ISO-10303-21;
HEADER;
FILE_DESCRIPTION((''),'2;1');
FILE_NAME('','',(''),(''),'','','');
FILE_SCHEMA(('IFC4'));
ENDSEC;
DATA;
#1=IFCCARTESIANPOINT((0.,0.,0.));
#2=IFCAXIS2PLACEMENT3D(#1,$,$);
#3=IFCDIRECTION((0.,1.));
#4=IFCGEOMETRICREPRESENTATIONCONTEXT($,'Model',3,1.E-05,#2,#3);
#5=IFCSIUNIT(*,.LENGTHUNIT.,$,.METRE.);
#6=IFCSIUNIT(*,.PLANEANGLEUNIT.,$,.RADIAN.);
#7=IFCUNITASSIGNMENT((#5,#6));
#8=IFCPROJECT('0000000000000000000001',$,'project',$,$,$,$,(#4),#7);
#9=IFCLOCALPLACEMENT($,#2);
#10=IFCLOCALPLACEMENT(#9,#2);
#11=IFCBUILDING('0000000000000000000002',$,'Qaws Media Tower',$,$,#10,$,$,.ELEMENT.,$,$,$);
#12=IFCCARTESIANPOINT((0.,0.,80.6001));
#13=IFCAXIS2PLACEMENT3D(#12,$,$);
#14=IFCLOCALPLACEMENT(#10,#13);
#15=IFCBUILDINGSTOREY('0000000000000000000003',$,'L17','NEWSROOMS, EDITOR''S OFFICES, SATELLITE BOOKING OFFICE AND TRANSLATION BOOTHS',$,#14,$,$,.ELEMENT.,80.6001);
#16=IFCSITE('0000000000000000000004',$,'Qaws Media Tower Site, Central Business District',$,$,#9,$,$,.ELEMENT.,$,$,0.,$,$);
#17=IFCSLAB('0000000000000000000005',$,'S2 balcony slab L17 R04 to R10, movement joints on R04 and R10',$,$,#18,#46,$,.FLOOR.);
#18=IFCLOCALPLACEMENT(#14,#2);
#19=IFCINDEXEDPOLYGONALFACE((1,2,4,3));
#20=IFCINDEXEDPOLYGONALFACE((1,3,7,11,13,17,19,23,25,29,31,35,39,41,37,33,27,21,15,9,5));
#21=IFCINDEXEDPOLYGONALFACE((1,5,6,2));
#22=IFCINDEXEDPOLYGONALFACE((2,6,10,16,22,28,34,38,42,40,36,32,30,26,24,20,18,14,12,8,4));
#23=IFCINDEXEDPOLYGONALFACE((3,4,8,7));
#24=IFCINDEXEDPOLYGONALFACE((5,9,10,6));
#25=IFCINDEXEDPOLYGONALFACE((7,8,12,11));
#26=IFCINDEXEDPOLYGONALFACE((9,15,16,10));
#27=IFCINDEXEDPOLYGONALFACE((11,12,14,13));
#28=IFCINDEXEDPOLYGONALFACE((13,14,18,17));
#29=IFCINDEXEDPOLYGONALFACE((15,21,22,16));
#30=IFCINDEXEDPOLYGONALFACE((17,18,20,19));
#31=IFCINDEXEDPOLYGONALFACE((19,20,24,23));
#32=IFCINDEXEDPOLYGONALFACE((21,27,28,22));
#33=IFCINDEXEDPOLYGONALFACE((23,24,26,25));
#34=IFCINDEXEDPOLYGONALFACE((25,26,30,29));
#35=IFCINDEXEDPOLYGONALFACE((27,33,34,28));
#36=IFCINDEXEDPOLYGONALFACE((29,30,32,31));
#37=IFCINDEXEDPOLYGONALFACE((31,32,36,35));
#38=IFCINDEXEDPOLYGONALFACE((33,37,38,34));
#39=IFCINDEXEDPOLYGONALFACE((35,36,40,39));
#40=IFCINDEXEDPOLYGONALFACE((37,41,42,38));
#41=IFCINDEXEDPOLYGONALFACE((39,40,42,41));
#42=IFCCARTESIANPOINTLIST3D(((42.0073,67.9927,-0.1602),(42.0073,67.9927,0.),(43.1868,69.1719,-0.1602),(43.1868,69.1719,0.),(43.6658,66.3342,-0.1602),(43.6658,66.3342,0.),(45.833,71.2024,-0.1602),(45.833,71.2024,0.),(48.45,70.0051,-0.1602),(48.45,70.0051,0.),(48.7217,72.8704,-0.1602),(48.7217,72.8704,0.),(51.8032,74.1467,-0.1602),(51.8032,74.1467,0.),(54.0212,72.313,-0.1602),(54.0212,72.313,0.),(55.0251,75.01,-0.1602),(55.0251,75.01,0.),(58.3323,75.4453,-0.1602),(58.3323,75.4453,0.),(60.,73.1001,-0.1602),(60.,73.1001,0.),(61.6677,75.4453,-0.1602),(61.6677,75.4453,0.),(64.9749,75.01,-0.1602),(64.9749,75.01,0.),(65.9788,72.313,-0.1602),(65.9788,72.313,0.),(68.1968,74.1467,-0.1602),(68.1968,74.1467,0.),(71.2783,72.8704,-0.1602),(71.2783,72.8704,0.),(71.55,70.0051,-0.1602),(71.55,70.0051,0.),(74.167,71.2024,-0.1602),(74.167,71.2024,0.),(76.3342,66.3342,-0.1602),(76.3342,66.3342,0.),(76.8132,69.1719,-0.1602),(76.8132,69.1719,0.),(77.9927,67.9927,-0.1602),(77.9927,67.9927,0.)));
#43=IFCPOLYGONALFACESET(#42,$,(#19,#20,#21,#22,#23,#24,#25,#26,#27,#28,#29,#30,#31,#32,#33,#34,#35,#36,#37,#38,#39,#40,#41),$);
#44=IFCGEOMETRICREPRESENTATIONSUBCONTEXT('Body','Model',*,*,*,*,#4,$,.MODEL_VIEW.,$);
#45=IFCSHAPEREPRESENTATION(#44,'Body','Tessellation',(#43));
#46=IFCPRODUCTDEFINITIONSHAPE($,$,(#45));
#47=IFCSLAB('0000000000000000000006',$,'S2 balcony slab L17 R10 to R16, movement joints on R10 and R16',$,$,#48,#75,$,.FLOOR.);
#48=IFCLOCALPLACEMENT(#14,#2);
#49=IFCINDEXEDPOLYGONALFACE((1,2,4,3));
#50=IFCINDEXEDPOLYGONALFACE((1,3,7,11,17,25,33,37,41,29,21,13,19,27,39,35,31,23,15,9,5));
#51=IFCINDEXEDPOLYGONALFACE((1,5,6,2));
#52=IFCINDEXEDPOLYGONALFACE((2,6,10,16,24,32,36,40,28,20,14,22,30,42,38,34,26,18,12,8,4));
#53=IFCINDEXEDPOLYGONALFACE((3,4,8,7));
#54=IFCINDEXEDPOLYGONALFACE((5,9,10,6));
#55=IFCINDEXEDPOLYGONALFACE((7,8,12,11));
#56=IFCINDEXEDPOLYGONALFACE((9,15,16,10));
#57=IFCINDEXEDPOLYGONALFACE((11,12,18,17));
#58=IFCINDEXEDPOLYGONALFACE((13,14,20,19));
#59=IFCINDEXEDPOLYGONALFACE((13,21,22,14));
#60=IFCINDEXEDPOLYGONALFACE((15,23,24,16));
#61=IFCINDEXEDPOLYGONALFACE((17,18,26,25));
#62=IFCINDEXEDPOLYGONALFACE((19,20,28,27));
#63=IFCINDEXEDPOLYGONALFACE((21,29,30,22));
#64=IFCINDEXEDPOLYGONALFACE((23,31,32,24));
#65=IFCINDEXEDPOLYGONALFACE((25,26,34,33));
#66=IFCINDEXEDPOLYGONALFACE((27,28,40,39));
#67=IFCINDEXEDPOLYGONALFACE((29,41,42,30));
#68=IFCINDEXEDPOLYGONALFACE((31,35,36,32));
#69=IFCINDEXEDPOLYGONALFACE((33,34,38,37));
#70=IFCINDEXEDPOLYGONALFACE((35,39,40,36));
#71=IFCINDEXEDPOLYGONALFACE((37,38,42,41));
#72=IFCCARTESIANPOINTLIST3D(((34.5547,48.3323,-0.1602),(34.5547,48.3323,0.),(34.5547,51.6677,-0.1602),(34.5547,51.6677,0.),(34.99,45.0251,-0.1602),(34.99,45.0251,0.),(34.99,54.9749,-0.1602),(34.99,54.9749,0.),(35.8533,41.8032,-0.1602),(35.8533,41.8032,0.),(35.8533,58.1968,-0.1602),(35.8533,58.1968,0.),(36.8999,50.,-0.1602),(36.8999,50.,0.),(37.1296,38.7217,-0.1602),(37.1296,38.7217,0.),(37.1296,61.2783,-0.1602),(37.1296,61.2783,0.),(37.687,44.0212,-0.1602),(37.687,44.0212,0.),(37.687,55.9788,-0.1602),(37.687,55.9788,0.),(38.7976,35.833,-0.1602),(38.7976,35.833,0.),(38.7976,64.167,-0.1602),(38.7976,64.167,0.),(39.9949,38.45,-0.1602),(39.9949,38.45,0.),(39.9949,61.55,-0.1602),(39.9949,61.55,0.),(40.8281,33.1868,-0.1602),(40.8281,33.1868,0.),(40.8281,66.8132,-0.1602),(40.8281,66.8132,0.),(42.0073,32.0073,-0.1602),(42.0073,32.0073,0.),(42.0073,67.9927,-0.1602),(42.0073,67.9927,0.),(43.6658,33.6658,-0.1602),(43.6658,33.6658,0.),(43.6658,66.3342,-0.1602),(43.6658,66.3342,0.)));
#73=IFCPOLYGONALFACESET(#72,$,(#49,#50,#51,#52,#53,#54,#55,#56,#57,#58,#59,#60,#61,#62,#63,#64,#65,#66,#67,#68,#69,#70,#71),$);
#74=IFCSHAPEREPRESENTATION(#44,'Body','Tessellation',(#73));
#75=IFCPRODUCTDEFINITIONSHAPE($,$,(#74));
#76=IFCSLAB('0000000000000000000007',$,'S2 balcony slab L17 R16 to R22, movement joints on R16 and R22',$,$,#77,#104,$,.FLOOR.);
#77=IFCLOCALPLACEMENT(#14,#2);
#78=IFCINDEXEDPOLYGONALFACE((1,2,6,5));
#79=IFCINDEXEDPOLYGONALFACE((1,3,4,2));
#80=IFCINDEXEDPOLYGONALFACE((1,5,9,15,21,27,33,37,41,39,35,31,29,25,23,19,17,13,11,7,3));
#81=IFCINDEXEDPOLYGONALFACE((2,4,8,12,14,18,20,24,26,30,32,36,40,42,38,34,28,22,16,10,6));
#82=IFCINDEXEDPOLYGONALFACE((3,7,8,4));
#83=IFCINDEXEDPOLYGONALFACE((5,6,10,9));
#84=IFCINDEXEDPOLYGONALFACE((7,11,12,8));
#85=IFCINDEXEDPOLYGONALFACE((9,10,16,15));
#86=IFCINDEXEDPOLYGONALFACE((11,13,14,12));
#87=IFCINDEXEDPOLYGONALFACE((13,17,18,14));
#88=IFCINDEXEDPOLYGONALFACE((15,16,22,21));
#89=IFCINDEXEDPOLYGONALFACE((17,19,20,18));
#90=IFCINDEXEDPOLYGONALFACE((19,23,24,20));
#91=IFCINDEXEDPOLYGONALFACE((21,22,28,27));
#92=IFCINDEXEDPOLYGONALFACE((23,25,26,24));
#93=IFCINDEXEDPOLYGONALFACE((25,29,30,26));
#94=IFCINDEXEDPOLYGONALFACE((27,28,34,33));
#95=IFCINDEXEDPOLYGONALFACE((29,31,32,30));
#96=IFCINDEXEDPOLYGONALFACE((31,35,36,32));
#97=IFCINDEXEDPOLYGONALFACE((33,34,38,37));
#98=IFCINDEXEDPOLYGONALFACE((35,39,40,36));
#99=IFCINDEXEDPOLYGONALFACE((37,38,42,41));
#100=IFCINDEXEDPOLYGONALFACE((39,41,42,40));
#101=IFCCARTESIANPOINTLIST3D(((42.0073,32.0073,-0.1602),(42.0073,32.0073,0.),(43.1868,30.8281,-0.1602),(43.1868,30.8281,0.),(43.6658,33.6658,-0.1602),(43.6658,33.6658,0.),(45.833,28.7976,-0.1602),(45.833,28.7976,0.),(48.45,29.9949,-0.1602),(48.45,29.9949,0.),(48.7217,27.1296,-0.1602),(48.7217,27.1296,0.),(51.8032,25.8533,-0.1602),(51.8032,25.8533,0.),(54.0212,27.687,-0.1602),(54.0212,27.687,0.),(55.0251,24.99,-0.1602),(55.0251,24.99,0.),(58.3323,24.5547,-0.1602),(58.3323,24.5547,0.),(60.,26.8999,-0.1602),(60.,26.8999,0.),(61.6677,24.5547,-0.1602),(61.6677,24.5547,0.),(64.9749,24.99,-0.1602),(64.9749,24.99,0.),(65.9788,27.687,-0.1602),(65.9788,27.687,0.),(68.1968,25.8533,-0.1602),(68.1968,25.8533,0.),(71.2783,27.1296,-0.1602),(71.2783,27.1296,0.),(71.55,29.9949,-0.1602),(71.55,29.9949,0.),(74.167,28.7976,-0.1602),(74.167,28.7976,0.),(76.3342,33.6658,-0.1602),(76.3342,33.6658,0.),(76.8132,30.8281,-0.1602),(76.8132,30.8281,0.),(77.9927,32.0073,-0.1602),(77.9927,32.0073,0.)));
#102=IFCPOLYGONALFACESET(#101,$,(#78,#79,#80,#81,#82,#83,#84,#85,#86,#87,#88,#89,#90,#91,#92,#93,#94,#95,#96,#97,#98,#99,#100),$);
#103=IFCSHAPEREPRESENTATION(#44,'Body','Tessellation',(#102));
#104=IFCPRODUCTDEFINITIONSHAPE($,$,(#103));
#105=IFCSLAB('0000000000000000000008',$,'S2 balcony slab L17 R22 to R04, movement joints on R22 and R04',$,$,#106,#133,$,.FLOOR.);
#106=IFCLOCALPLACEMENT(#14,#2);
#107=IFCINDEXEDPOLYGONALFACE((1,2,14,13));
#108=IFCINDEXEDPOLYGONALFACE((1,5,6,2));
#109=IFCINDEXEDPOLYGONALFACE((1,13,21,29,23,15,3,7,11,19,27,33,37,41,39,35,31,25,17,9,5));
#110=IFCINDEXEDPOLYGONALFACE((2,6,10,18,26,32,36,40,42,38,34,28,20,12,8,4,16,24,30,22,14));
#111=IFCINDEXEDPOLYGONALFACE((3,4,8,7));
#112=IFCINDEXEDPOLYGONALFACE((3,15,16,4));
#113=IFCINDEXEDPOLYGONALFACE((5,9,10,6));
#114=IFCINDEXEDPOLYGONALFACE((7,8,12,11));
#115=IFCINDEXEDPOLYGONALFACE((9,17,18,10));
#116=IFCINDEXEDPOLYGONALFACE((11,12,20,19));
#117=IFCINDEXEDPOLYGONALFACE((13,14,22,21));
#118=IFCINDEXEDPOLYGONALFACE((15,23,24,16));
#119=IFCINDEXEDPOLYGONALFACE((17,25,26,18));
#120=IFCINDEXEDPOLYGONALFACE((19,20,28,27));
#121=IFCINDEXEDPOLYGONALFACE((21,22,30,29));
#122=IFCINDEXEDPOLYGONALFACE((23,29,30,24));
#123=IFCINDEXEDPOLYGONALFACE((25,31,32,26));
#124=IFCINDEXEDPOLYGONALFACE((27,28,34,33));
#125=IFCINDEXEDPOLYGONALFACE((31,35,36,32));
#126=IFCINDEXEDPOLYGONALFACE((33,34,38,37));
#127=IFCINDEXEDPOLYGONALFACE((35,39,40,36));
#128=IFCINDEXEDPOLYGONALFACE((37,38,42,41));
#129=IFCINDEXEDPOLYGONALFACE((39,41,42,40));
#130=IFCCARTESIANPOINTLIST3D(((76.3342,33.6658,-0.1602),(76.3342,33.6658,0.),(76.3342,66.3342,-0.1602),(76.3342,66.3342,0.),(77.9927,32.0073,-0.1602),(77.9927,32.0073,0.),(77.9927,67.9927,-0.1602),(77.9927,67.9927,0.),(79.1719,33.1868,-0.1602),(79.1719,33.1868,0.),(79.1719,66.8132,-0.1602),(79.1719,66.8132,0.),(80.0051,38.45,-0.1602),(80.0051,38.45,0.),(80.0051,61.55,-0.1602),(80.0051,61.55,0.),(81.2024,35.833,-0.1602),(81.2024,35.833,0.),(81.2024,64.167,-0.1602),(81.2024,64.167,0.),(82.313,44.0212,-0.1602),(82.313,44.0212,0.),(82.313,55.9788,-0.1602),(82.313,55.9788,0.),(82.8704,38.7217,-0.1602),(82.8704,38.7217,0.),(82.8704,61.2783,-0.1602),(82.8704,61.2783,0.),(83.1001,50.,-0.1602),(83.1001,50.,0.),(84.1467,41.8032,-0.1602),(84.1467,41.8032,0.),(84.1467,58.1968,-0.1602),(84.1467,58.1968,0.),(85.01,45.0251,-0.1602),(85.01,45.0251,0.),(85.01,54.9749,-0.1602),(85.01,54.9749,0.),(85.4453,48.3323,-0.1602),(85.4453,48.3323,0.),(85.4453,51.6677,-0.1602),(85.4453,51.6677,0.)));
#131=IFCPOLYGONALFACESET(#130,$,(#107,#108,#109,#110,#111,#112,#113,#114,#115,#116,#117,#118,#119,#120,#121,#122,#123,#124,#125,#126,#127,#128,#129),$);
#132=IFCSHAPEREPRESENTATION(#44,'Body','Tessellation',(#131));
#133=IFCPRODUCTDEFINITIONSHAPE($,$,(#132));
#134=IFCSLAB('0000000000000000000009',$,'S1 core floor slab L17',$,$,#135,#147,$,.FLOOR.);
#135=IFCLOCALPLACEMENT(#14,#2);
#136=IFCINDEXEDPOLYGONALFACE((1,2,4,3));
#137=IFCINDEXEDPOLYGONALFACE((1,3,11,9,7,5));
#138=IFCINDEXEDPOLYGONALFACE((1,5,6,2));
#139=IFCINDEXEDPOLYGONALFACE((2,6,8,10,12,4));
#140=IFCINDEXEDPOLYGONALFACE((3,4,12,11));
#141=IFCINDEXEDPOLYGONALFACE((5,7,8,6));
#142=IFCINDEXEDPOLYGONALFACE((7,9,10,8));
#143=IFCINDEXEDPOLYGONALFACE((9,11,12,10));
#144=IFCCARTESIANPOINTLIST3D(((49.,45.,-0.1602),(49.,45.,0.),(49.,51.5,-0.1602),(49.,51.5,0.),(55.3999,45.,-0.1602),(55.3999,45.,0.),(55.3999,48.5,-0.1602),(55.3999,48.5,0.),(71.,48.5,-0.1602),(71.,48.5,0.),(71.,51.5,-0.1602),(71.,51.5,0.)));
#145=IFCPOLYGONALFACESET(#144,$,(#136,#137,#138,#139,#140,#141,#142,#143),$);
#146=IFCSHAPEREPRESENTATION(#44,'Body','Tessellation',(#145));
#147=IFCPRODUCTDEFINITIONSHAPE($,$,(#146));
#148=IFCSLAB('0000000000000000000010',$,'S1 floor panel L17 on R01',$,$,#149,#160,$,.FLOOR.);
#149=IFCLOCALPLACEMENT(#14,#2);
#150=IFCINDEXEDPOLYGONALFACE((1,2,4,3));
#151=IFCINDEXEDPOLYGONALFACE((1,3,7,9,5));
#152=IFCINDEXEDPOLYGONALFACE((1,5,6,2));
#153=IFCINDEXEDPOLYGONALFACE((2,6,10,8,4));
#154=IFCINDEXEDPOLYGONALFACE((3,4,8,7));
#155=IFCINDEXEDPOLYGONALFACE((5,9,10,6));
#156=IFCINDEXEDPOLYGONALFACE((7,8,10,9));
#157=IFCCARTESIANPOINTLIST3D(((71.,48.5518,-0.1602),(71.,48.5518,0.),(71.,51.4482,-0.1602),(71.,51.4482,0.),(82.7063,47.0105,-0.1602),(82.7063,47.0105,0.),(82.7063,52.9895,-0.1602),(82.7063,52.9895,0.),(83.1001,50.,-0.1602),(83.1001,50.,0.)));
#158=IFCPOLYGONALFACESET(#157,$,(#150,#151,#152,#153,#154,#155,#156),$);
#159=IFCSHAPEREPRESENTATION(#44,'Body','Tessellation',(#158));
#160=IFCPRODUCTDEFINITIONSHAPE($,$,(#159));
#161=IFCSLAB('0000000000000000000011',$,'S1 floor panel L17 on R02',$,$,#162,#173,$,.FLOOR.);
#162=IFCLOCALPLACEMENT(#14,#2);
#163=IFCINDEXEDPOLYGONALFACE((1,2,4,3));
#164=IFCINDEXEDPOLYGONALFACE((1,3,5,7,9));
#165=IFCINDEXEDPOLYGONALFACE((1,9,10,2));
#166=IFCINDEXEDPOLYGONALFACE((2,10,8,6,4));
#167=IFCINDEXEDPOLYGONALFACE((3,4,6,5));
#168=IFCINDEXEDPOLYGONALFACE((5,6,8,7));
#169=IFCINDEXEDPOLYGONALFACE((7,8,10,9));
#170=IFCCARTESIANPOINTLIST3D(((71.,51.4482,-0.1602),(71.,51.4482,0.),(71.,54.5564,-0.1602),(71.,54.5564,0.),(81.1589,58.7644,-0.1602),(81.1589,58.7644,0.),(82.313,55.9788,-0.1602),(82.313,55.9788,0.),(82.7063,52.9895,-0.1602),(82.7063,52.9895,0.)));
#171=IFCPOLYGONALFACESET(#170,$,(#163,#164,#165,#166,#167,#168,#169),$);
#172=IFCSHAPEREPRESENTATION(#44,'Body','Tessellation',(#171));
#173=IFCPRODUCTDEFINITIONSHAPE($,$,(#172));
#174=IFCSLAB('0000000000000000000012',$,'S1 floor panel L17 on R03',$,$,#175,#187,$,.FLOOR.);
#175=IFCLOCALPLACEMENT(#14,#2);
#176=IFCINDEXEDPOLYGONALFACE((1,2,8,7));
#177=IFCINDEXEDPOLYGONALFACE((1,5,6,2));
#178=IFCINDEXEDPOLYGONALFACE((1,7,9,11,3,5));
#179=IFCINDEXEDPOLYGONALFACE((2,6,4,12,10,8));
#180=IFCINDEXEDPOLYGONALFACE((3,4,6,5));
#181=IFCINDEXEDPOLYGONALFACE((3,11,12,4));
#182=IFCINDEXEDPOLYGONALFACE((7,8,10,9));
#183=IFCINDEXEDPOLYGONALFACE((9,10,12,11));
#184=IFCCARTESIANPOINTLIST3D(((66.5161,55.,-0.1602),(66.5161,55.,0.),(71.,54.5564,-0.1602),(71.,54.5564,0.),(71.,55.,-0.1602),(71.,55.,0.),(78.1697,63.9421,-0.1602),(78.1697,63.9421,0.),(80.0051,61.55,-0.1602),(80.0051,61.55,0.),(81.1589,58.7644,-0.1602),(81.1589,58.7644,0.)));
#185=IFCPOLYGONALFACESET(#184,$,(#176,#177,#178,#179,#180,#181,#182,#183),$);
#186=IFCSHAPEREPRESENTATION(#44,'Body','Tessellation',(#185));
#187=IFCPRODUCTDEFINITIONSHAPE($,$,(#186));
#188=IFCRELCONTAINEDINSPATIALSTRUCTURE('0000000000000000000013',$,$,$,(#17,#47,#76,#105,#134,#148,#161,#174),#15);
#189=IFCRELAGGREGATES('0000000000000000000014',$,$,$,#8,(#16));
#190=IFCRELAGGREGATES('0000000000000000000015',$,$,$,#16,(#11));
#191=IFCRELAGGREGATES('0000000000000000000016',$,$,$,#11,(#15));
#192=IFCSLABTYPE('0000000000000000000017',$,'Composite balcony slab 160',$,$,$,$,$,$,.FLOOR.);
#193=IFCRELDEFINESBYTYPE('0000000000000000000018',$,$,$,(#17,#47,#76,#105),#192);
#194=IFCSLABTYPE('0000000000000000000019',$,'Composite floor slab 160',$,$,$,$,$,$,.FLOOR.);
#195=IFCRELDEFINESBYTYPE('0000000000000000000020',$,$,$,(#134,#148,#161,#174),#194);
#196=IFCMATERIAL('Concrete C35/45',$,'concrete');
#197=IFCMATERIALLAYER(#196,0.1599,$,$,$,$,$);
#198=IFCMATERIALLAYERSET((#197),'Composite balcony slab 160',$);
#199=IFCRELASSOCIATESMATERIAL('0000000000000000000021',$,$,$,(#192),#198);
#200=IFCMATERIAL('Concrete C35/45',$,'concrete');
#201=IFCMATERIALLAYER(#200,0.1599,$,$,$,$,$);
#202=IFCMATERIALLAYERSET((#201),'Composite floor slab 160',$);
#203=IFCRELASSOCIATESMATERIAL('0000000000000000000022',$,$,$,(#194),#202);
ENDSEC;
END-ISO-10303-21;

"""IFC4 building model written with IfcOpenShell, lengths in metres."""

from ifc_helpers import new_model, si_unit, direction, frame, origin, place, context, subcontext, project, spatial, polyline, outline, extrude, material, layer, layer_set, type_object, element, save


model = new_model("IFC4")

# Units and contexts
model_context = context("Model", 3, precision=1e-05, world=origin(), true_north=direction((0.0, 1.0)))
body_context = subcontext(model_context, "Body", "Model", "MODEL_VIEW")
ifc_project = project(units=[si_unit("LENGTHUNIT", "METRE"), si_unit("PLANEANGLEUNIT", "RADIAN")], contexts=[model_context])

# Site, building, storey
site_placement = place(None, origin())
site = spatial("IfcSite", under=ifc_project, at=site_placement, Name="Qaws Media Tower Site, Central Business District", CompositionType="ELEMENT", RefElevation=0.0)
building_placement = place(site_placement, origin())
building = spatial("IfcBuilding", under=site, at=building_placement, Name="Qaws Media Tower", CompositionType="ELEMENT")
storey_placement = place(building_placement, frame((0.0, 0.0, 80.6001)))
storey = spatial("IfcBuildingStorey", under=building, at=storey_placement, Name="L17", Description="NEWSROOMS, EDITOR'S OFFICES, SATELLITE BOOKING OFFICE AND TRANSLATION BOOTHS", CompositionType="ELEMENT", Elevation=80.6001)

# Slabs
ifc_material_1 = material(Name="Concrete C35/45", Category="concrete")
ifc_layer_1 = layer(ifc_material_1, 0.1599)
ifc_layer_set_1 = layer_set([ifc_layer_1], Name="Composite balcony slab 160")
slab_type_1 = type_object("IfcSlabType", Name="Composite balcony slab 160", PredefinedType="FLOOR", material=ifc_layer_set_1)
slab_1_placement = place(storey_placement, frame((0.0, 0.0, -0.1602)))
element("IfcSlab", 1, at=slab_1_placement, inside=storey, type_object=slab_type_1, Name="S2 balcony slab L17 R04 to R10, movement joints on R04 and R10", PredefinedType="FLOOR", context=body_context, shape_type="SweptSolid", body=[
    extrude(outline(polyline([(43.1868, 69.1719), (45.833, 71.2024), (48.7217, 72.8704), (51.8032, 74.1467), (55.0251, 75.01), (58.3323, 75.4453), (61.6677, 75.4453), (64.9749, 75.01), (68.1968, 74.1467), (71.2783, 72.8704), (74.167, 71.2024), (76.8132, 69.1719), (77.9927, 67.9927), (76.3342, 66.3342), (71.55, 70.0051), (65.9788, 72.313), (60.0, 73.1001), (54.0212, 72.313), (48.45, 70.0051), (43.6658, 66.3342), (42.0073, 67.9927), (43.1868, 69.1719)])), origin(), (0.0, 0.0, 1.0), 0.1602),
])
slab_2_placement = place(storey_placement, frame((0.0, 0.0, -0.1602)))
element("IfcSlab", 2, at=slab_2_placement, inside=storey, type_object=slab_type_1, Name="S2 balcony slab L17 R10 to R16, movement joints on R10 and R16", PredefinedType="FLOOR", context=body_context, shape_type="SweptSolid", body=[
    extrude(outline(polyline([(40.8281, 33.1868), (38.7976, 35.833), (37.1296, 38.7217), (35.8533, 41.8032), (34.99, 45.0251), (34.5547, 48.3323), (34.5547, 51.6677), (34.99, 54.9749), (35.8533, 58.1968), (37.1296, 61.2783), (38.7976, 64.167), (40.8281, 66.8132), (42.0073, 67.9927), (43.6658, 66.3342), (39.9949, 61.55), (37.687, 55.9788), (36.8999, 50.0), (37.687, 44.0212), (39.9949, 38.45), (43.6658, 33.6658), (42.0073, 32.0073), (40.8281, 33.1868)])), origin(), (0.0, 0.0, 1.0), 0.1602),
])
slab_3_placement = place(storey_placement, frame((0.0, 0.0, -0.1602)))
element("IfcSlab", 3, at=slab_3_placement, inside=storey, type_object=slab_type_1, Name="S2 balcony slab L17 R16 to R22, movement joints on R16 and R22", PredefinedType="FLOOR", context=body_context, shape_type="SweptSolid", body=[
    extrude(outline(polyline([(76.8132, 30.8281), (74.167, 28.7976), (71.2783, 27.1296), (68.1968, 25.8533), (64.9749, 24.99), (61.6677, 24.5547), (58.3323, 24.5547), (55.0251, 24.99), (51.8032, 25.8533), (48.7217, 27.1296), (45.833, 28.7976), (43.1868, 30.8281), (42.0073, 32.0073), (43.6658, 33.6658), (48.45, 29.9949), (54.0212, 27.687), (60.0, 26.8999), (65.9788, 27.687), (71.55, 29.9949), (76.3342, 33.6658), (77.9927, 32.0073), (76.8132, 30.8281)])), origin(), (0.0, 0.0, 1.0), 0.1602),
])
slab_4_placement = place(storey_placement, frame((0.0, 0.0, -0.1602)))
element("IfcSlab", 4, at=slab_4_placement, inside=storey, type_object=slab_type_1, Name="S2 balcony slab L17 R22 to R04, movement joints on R22 and R04", PredefinedType="FLOOR", context=body_context, shape_type="SweptSolid", body=[
    extrude(outline(polyline([(85.01, 45.0251), (84.1467, 41.8032), (82.8704, 38.7217), (81.2024, 35.833), (79.1719, 33.1868), (77.9927, 32.0073), (76.3342, 33.6658), (80.0051, 38.45), (82.313, 44.0212), (83.1001, 50.0), (82.313, 55.9788), (80.0051, 61.55), (76.3342, 66.3342), (77.9927, 67.9927), (79.1719, 66.8132), (81.2024, 64.167), (82.8704, 61.2783), (84.1467, 58.1968), (85.01, 54.9749), (85.4453, 51.6677), (85.4453, 48.3323), (85.01, 45.0251)])), origin(), (0.0, 0.0, 1.0), 0.1602),
])
ifc_material_2 = material(Name="Concrete C35/45", Category="concrete")
ifc_layer_2 = layer(ifc_material_2, 0.1599)
ifc_layer_set_2 = layer_set([ifc_layer_2], Name="Composite floor slab 160")
slab_type_2 = type_object("IfcSlabType", Name="Composite floor slab 160", PredefinedType="FLOOR", material=ifc_layer_set_2)
slab_5_placement = place(storey_placement, frame((0.0, 0.0, -0.1602)))
element("IfcSlab", 5, at=slab_5_placement, inside=storey, type_object=slab_type_2, Name="S1 core floor slab L17", PredefinedType="FLOOR", context=body_context, shape_type="SweptSolid", body=[
    extrude(outline(polyline([(71.0, 51.5), (71.0, 48.5), (55.3999, 48.5), (55.3999, 45.0), (49.0, 45.0), (49.0, 51.5), (71.0, 51.5)])), origin(), (0.0, 0.0, 1.0), 0.1602),
])
slab_6_placement = place(storey_placement, frame((0.0, 0.0, -0.1602)))
element("IfcSlab", 6, at=slab_6_placement, inside=storey, type_object=slab_type_2, Name="S1 floor panel L17 on R01", PredefinedType="FLOOR", context=body_context, shape_type="SweptSolid", body=[
    extrude(outline(polyline([(83.1001, 50.0), (82.7063, 47.0105), (71.0, 48.5518), (71.0, 51.4482), (82.7063, 52.9895), (83.1001, 50.0)])), origin(), (0.0, 0.0, 1.0), 0.1602),
])
slab_7_placement = place(storey_placement, frame((0.0, 0.0, -0.1602)))
element("IfcSlab", 7, at=slab_7_placement, inside=storey, type_object=slab_type_2, Name="S1 floor panel L17 on R02", PredefinedType="FLOOR", context=body_context, shape_type="SweptSolid", body=[
    extrude(outline(polyline([(82.313, 55.9788), (82.7063, 52.9895), (71.0, 51.4482), (71.0, 54.5564), (81.1589, 58.7644), (82.313, 55.9788)])), origin(), (0.0, 0.0, 1.0), 0.1602),
])
slab_8_placement = place(storey_placement, frame((0.0, 0.0, -0.1602)))
element("IfcSlab", 8, at=slab_8_placement, inside=storey, type_object=slab_type_2, Name="S1 floor panel L17 on R03", PredefinedType="FLOOR", context=body_context, shape_type="SweptSolid", body=[
    extrude(outline(polyline([(80.0051, 61.55), (81.1589, 58.7644), (71.0, 54.5564), (71.0, 55.0), (66.5161, 55.0), (78.1697, 63.9421), (80.0051, 61.55)])), origin(), (0.0, 0.0, 1.0), 0.1602),
])

save(model, "model.ifc")
